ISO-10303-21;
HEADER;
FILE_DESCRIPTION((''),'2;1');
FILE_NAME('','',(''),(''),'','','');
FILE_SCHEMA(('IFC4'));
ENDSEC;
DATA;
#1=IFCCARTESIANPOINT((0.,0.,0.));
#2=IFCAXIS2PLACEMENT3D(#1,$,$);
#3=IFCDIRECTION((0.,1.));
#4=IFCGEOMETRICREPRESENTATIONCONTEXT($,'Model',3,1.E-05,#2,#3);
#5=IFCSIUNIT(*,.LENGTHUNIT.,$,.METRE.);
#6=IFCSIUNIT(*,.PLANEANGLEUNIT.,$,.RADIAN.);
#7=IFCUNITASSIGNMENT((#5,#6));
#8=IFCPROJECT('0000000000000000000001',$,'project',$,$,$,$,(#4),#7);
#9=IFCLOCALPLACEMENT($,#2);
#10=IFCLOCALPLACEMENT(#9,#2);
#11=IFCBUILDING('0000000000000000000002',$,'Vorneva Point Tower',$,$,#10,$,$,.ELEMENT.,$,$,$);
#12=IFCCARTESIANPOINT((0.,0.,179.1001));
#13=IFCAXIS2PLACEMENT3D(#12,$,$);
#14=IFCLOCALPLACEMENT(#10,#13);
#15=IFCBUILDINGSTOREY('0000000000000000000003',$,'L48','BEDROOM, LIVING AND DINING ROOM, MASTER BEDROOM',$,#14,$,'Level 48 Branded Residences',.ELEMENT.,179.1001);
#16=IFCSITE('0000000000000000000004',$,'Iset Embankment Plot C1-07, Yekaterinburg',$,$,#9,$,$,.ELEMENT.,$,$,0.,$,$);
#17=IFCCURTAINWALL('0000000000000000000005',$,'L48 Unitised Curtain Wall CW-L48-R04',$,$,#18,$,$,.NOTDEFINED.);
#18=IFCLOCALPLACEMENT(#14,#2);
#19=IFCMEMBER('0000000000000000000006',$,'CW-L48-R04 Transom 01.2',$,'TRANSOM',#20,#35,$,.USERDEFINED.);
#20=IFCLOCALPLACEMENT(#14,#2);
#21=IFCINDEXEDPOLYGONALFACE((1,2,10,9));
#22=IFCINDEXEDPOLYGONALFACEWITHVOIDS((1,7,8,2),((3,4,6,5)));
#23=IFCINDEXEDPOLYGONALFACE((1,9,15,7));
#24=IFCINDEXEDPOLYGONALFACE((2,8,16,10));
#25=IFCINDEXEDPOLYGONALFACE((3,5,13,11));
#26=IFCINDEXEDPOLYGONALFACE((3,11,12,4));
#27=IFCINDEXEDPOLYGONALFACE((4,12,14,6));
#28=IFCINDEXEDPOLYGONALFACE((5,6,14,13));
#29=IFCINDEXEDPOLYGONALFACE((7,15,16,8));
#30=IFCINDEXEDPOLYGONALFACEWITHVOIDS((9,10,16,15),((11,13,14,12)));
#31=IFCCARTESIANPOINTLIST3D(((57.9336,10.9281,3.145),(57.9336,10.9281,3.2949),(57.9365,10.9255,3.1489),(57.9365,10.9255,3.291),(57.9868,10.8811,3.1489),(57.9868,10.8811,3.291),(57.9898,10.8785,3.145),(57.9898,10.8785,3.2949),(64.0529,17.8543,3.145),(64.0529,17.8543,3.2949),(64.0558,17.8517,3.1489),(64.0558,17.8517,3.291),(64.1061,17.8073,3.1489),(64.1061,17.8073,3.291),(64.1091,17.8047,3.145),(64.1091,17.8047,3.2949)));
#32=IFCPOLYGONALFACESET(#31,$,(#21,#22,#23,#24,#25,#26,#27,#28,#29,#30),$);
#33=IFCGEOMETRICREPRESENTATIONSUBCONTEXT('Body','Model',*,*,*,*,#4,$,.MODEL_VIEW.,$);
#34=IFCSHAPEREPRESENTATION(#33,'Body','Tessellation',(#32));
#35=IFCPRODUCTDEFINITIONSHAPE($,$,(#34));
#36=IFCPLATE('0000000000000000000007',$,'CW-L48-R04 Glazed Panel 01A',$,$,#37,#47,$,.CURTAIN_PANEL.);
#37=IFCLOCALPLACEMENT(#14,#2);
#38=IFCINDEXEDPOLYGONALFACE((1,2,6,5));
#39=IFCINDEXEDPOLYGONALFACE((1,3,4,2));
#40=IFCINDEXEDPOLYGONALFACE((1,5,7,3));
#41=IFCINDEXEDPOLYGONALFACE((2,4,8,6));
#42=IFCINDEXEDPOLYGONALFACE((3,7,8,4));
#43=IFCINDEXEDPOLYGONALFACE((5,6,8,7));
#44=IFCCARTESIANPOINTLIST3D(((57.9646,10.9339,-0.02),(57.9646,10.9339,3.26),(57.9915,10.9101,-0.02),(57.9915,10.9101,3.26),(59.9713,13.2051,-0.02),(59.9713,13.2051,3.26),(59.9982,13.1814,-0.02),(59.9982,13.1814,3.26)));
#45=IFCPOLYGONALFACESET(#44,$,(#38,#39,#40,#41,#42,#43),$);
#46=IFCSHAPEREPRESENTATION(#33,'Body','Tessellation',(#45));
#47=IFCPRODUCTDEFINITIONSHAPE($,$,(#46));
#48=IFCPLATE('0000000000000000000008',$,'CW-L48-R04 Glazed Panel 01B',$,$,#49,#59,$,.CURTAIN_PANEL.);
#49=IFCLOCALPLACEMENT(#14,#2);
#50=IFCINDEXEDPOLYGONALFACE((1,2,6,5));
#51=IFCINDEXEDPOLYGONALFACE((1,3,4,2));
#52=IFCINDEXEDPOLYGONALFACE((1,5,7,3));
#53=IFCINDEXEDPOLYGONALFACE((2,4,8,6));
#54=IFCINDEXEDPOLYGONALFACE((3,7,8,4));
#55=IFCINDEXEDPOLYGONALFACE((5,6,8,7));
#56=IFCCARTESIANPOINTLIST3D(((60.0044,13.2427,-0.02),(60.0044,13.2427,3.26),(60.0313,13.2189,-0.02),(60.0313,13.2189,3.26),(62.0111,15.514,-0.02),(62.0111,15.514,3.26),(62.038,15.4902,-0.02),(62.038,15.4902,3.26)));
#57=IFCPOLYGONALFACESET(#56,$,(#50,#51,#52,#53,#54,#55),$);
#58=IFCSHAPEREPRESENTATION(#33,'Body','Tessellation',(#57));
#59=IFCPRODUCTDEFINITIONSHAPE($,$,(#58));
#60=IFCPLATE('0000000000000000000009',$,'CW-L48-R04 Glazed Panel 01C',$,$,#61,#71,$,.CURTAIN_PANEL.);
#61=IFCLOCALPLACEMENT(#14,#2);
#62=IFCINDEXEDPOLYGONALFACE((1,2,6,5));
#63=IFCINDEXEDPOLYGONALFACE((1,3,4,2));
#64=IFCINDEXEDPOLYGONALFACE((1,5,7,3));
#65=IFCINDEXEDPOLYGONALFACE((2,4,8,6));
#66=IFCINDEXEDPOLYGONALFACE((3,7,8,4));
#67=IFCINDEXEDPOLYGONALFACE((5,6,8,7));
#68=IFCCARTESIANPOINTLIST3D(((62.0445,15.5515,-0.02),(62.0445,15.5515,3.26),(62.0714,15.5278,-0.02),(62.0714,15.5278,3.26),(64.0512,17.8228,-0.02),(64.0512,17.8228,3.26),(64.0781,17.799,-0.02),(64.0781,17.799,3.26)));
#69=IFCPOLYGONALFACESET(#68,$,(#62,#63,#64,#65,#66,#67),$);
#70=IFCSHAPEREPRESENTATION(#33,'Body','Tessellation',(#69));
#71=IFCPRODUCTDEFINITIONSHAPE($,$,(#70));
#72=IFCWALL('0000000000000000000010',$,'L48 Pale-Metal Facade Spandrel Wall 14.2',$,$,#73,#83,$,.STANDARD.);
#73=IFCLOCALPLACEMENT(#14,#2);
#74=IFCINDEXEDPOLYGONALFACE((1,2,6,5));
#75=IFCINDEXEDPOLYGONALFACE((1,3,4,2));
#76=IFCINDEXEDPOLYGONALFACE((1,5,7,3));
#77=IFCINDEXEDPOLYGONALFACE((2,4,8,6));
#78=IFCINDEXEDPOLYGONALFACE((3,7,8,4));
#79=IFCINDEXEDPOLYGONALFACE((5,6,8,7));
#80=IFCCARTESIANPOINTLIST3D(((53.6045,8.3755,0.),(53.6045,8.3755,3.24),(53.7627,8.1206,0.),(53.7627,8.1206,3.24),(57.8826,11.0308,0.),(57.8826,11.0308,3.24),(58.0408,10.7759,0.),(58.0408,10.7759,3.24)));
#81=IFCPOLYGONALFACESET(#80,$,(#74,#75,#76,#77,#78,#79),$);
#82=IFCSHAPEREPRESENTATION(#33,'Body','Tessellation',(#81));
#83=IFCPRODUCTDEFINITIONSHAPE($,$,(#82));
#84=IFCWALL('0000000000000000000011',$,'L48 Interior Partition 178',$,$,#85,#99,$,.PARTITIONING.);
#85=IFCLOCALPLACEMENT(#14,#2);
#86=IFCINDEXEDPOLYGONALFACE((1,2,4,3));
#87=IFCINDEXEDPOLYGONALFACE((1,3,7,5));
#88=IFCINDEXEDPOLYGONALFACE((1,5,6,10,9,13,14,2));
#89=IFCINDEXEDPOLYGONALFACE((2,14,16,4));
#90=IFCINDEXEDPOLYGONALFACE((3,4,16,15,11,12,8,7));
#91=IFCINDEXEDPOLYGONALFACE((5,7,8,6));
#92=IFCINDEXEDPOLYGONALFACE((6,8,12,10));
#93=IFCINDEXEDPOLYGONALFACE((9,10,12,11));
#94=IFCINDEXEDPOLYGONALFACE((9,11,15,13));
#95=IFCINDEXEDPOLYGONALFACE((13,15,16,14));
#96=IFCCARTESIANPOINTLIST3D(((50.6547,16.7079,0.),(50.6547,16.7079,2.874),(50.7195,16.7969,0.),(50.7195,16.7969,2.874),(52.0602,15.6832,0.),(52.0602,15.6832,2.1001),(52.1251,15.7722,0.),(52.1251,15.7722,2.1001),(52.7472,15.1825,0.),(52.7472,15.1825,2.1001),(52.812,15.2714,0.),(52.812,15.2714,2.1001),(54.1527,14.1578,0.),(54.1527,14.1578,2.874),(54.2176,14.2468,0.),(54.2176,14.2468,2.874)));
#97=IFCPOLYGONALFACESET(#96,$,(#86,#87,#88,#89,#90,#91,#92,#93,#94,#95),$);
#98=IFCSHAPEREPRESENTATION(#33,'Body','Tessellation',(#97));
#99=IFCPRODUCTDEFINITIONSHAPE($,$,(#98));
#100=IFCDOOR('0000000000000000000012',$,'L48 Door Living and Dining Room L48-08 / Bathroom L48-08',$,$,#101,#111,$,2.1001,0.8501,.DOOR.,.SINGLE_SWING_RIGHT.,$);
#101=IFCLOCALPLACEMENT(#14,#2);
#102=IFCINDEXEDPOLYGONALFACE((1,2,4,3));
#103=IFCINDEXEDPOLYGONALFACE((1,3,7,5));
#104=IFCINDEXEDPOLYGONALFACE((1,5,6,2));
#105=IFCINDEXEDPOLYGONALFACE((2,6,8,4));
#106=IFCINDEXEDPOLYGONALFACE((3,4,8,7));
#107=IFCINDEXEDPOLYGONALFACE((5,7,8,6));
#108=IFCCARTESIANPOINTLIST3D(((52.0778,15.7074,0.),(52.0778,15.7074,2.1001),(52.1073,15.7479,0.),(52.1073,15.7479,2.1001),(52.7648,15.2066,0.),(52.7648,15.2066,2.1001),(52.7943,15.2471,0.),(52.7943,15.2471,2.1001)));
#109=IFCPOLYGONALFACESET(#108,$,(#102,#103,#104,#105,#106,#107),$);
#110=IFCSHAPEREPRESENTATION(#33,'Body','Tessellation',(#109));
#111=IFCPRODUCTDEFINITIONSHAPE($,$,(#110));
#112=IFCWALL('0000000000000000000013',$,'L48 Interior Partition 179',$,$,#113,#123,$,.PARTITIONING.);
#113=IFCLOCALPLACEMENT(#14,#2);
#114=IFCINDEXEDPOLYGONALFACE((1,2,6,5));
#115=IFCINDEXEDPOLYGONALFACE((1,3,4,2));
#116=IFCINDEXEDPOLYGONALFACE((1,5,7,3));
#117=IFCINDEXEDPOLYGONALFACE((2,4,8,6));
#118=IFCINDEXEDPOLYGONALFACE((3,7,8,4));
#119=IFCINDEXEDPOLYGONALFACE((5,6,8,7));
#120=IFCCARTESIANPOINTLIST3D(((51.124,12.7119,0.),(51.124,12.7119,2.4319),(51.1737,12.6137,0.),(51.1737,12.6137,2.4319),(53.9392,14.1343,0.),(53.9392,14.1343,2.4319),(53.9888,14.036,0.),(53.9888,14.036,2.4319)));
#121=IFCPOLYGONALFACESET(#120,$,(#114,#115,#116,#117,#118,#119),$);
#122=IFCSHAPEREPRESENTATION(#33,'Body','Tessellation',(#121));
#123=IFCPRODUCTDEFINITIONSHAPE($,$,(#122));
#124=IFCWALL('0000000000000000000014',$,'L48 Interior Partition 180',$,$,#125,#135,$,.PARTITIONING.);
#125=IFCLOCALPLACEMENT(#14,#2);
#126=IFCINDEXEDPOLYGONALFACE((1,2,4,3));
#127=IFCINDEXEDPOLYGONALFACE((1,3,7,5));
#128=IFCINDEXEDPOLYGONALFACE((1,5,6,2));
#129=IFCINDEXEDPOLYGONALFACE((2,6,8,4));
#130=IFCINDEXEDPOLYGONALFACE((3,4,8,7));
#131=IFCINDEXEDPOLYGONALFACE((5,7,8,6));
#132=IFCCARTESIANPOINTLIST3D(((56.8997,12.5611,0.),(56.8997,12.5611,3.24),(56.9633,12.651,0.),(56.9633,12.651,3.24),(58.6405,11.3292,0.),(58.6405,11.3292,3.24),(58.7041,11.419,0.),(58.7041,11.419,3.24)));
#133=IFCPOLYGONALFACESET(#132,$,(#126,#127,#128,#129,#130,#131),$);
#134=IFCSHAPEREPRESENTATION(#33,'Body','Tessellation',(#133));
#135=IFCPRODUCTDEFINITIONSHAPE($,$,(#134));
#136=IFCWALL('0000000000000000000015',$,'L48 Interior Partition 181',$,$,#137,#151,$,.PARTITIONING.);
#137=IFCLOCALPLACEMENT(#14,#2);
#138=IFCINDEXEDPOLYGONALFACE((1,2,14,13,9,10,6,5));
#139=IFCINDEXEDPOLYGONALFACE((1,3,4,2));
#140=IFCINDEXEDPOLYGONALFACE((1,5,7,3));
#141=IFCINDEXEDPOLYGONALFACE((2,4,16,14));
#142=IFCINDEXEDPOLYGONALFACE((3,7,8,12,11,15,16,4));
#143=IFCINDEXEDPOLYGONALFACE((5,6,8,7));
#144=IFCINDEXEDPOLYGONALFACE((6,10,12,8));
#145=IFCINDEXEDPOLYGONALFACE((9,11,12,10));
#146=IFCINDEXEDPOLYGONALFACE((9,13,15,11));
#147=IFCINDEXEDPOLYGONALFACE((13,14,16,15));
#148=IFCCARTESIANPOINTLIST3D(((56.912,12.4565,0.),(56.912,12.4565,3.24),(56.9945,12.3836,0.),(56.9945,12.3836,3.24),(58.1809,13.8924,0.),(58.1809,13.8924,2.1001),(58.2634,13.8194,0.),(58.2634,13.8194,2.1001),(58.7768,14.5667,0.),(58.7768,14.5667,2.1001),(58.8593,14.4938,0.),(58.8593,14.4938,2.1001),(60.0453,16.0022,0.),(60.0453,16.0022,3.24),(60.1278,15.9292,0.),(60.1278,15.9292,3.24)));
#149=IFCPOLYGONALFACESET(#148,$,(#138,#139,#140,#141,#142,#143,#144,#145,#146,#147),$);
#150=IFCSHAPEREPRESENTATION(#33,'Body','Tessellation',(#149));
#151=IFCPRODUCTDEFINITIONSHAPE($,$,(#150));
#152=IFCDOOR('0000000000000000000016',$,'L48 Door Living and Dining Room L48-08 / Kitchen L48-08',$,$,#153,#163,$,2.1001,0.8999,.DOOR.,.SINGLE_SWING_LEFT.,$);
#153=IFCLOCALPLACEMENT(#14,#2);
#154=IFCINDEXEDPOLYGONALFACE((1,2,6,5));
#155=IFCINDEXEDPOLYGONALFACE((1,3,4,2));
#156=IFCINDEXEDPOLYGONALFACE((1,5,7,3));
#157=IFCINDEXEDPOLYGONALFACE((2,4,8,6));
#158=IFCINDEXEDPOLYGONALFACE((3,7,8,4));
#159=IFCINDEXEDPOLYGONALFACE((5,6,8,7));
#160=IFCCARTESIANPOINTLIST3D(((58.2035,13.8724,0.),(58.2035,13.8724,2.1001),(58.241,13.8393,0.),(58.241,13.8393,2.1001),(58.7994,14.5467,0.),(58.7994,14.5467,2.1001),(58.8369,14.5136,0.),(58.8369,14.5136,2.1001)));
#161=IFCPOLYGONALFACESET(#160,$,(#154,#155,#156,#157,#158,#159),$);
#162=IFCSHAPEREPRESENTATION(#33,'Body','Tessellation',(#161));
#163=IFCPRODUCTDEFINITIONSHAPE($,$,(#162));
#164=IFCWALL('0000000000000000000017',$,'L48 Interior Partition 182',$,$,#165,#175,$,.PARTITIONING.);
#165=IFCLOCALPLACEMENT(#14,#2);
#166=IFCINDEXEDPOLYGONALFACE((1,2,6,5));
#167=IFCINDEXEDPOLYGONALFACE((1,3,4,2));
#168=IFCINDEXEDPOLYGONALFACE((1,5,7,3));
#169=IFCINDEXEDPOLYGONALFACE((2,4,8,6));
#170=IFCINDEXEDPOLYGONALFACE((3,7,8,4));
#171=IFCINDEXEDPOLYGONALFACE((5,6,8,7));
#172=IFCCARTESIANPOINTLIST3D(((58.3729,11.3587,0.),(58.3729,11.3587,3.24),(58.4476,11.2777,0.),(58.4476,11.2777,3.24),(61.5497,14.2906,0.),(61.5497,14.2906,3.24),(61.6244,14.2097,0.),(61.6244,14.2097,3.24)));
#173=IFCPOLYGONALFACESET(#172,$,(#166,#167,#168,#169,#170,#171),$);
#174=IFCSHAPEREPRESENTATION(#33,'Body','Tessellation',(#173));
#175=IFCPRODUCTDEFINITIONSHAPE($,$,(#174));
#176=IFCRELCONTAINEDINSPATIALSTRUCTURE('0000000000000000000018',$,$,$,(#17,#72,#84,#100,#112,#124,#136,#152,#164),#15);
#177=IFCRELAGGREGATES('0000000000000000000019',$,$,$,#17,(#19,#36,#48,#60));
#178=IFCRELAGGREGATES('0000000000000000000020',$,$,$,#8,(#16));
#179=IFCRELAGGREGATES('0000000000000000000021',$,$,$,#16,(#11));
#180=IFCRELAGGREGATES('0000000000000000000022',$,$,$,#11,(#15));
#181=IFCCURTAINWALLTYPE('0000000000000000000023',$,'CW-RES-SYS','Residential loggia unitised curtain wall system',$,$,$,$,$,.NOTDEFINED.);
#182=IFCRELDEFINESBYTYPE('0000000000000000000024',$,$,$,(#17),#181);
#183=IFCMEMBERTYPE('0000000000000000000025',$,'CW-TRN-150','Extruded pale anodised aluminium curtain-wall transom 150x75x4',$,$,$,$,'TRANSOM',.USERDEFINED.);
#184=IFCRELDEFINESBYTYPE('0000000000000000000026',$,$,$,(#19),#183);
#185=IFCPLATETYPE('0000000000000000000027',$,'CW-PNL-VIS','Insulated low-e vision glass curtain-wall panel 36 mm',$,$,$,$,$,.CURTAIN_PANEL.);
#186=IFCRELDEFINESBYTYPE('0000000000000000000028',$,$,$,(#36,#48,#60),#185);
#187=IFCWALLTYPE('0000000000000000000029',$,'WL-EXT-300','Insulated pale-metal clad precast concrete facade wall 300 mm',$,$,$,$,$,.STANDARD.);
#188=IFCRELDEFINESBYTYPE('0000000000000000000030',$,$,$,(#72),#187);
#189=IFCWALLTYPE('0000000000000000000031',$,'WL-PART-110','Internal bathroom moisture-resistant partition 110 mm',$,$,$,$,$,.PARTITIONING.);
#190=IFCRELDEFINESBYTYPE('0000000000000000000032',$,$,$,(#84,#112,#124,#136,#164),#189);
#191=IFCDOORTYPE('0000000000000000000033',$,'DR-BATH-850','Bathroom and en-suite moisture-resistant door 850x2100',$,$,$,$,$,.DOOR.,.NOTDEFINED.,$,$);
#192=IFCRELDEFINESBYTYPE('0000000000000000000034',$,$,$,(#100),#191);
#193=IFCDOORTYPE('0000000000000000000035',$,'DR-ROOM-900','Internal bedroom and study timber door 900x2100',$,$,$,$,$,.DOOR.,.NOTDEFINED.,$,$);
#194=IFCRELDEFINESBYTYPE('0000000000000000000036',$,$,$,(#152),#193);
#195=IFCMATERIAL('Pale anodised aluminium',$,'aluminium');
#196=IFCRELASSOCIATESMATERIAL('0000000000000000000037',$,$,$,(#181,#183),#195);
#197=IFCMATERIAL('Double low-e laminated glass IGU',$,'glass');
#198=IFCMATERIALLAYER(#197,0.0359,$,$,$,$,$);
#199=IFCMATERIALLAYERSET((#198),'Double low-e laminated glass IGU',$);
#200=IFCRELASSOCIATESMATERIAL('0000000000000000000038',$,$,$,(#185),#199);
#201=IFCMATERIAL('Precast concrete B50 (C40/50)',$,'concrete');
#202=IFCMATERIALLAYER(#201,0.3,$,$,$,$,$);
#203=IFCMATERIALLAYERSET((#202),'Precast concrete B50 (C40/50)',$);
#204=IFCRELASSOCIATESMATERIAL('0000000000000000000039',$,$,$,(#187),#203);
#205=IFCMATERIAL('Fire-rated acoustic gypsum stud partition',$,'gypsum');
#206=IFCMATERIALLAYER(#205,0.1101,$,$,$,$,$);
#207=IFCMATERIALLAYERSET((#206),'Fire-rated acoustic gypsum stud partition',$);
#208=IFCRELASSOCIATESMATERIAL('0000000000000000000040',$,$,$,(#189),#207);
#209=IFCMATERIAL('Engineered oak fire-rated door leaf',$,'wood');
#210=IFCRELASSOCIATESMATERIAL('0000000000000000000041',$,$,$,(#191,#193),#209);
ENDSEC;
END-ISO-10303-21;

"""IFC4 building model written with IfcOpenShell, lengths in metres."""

from ifc_helpers import new_model, si_unit, direction, frame, frame_2d, origin, origin_2d, place, context, subcontext, project, spatial, rectangle, hollow_rectangle, extrude, material, layer, layer_set, material_profile, profile_set, type_object, element, fill, aggregate, save


model = new_model("IFC4")

# Units and contexts
model_context = context("Model", 3, precision=1e-05, world=origin(), true_north=direction((0.0, 1.0)))
body_context = subcontext(model_context, "Body", "Model", "MODEL_VIEW")
ifc_project = project(units=[si_unit("LENGTHUNIT", "METRE"), si_unit("PLANEANGLEUNIT", "RADIAN")], contexts=[model_context])

# Site, building, storey
site_placement = place(None, origin())
site = spatial("IfcSite", under=ifc_project, at=site_placement, Name="Iset Embankment Plot C1-07, Yekaterinburg", CompositionType="ELEMENT", RefElevation=0.0)
building_placement = place(site_placement, origin())
building = spatial("IfcBuilding", under=site, at=building_placement, Name="Vorneva Point Tower", CompositionType="ELEMENT")
storey_placement = place(building_placement, frame((0.0, 0.0, 179.1001)))
storey = spatial("IfcBuildingStorey", under=building, at=storey_placement, Name="L48", Description="BEDROOM, LIVING AND DINING ROOM, MASTER BEDROOM", LongName="Level 48 Branded Residences", CompositionType="ELEMENT", Elevation=179.1001)

# Shared definitions
ifc_material_1 = material(Name="Pale anodised aluminium", Category="aluminium")
curtain_wall_type = type_object("IfcCurtainWallType", Name="CW-RES-SYS", Description="Residential loggia unitised curtain wall system", PredefinedType="NOTDEFINED", material=ifc_material_1)

# Curtain wall, member, plates
curtain_wall_1_placement = place(storey_placement, origin())
curtain_wall_1 = element("IfcCurtainWall", 1, at=curtain_wall_1_placement, inside=storey, type_object=curtain_wall_type, Name="L48 Unitised Curtain Wall CW-L48-R04", PredefinedType="NOTDEFINED")
ifc_material_profile_1 = material_profile(ifc_material_1, hollow_rectangle(XDim=0.075, YDim=0.1499, WallThickness=0.0039, at=origin_2d()), Name="AL-TRN 150x75x4")
ifc_profile_set_1 = profile_set([ifc_material_profile_1], Name="Pale anodised aluminium")
member_type_1 = type_object("IfcMemberType", Name="CW-TRN-150", Description="Extruded pale anodised aluminium curtain-wall transom 150x75x4", ElementType="TRANSOM", PredefinedType="USERDEFINED", material=ifc_profile_set_1)
member_1_placement = place(storey_placement, frame((57.9617, 10.9033, 3.22), z_axis=(0.662106, 0.74941, 0.0), x_axis=(-0.74941, 0.662106, 0.0)))
member_1 = element("IfcMember", 2, at=member_1_placement, type_object=member_type_1, Name="CW-L48-R04 Transom 01.2", ObjectType="TRANSOM", PredefinedType="USERDEFINED", context=body_context, shape_type="SweptSolid", body=[
    extrude(hollow_rectangle(XDim=0.075, YDim=0.1499, WallThickness=0.0039, at=origin_2d()), origin(), (0.0, 0.0, 1.0), 9.2422),
])
ifc_material_2 = material(Name="Double low-e laminated glass IGU", Category="glass")
ifc_layer_1 = layer(ifc_material_2, 0.0359)
ifc_layer_set_1 = layer_set([ifc_layer_1], Name="Double low-e laminated glass IGU")
plate_type = type_object("IfcPlateType", Name="CW-PNL-VIS", Description="Insulated low-e vision glass curtain-wall panel 36 mm", PredefinedType="CURTAIN_PANEL", material=ifc_layer_set_1)
plate_1_placement = place(storey_placement, frame((58.9814, 12.0576, -0.02), z_axis=(0.0, 0.0, 1.0), x_axis=(0.66211, 0.749407, 0.0)))
plate_1 = element("IfcPlate", 3, at=plate_1_placement, type_object=plate_type, Name="CW-L48-R04 Glazed Panel 01A", PredefinedType="CURTAIN_PANEL", context=body_context, shape_type="SweptSolid", body=[
    extrude(rectangle(XDim=3.0308, YDim=0.0359, at=origin_2d()), origin(), (0.0, 0.0, 1.0), 3.28),
])
plate_2_placement = place(storey_placement, frame((61.0212, 14.3665, -0.02), z_axis=(0.0, 0.0, 1.0), x_axis=(0.66211, 0.749407, 0.0)))
plate_2 = element("IfcPlate", 4, at=plate_2_placement, type_object=plate_type, Name="CW-L48-R04 Glazed Panel 01B", PredefinedType="CURTAIN_PANEL", context=body_context, shape_type="SweptSolid", body=[
    extrude(rectangle(XDim=3.0308, YDim=0.0359, at=origin_2d()), origin(), (0.0, 0.0, 1.0), 3.28),
])
plate_3_placement = place(storey_placement, frame((63.0613, 16.6753, -0.02), z_axis=(0.0, 0.0, 1.0), x_axis=(0.66211, 0.749407, 0.0)))
plate_3 = element("IfcPlate", 5, at=plate_3_placement, type_object=plate_type, Name="CW-L48-R04 Glazed Panel 01C", PredefinedType="CURTAIN_PANEL", context=body_context, shape_type="SweptSolid", body=[
    extrude(rectangle(XDim=3.0308, YDim=0.0359, at=origin_2d()), origin(), (0.0, 0.0, 1.0), 3.28),
])
aggregate(curtain_wall_1, [member_1, plate_1, plate_2, plate_3])

# Wall
ifc_material_3 = material(Name="Precast concrete B50 (C40/50)", Category="concrete")
ifc_layer_2 = layer(ifc_material_3, 0.3)
ifc_layer_set_2 = layer_set([ifc_layer_2], Name="Precast concrete B50 (C40/50)")
wall_type_1 = type_object("IfcWallType", Name="WL-EXT-300", Description="Insulated pale-metal clad precast concrete facade wall 300 mm", PredefinedType="STANDARD", material=ifc_layer_set_2)
wall_1_placement = place(storey_placement, frame((53.6836, 8.248, 0.0), z_axis=(0.0, 0.0, 1.0), x_axis=(0.849648, 0.527351, 0.0)))
element("IfcWall", 6, at=wall_1_placement, inside=storey, type_object=wall_type_1, Name="L48 Pale-Metal Facade Spandrel Wall 14.2", PredefinedType="STANDARD", context=body_context, shape_type="SweptSolid", body=[
    extrude(rectangle(XDim=5.0352, YDim=0.3, at=frame_2d((2.5176, 0.0))), origin(), (0.0, 0.0, 1.0), 3.24),
])

# Wall, opening, door
ifc_material_4 = material(Name="Fire-rated acoustic gypsum stud partition", Category="gypsum")
ifc_layer_3 = layer(ifc_material_4, 0.1101)
ifc_layer_set_3 = layer_set([ifc_layer_3], Name="Fire-rated acoustic gypsum stud partition")
wall_type_2 = type_object("IfcWallType", Name="WL-PART-110", Description="Internal bathroom moisture-resistant partition 110 mm", PredefinedType="PARTITIONING", material=ifc_layer_set_3)
wall_2_placement = place(storey_placement, frame((50.687, 16.7524, 0.0), z_axis=(0.0, 0.0, 1.0), x_axis=(0.808075, -0.58908, 0.0)))
wall_2 = element("IfcWall", 7, at=wall_2_placement, inside=storey, type_object=wall_type_2, Name="L48 Interior Partition 178", PredefinedType="PARTITIONING", context=body_context, shape_type="SweptSolid", body=[
    extrude(rectangle(XDim=4.3289, YDim=0.1101, at=frame_2d((2.1646, 0.0))), origin(), (0.0, 0.0, 1.0), 2.874),
])
opening_1_placement = place(wall_2_placement, frame((1.7395, 0.0, 0.0)))
opening_1 = element("IfcOpeningElement", 8, at=opening_1_placement, cuts=wall_2, PredefinedType="OPENING", context=body_context, shape_type="SweptSolid", body=[
    extrude(rectangle(XDim=0.8501, YDim=2.1001, at=frame_2d((0.425, 1.05))), frame((0.0, 0.0698, 0.0), z_axis=(0.0, -1.0, 0.0), x_axis=(1.0, 0.0, 0.0)), (0.0, 0.0, 1.0), 0.1399),
])
ifc_material_5 = material(Name="Engineered oak fire-rated door leaf", Category="wood")
door_type_1 = type_object("IfcDoorType", Name="DR-BATH-850", Description="Bathroom and en-suite moisture-resistant door 850x2100", OperationType="NOTDEFINED", PredefinedType="DOOR", material=ifc_material_5)
door_1_placement = place(opening_1_placement, origin())
door_1 = element("IfcDoor", 9, at=door_1_placement, inside=storey, type_object=door_type_1, Name="L48 Door Living and Dining Room L48-08 / Bathroom L48-08", OperationType="SINGLE_SWING_RIGHT", OverallHeight=2.1001, OverallWidth=0.8501, PredefinedType="DOOR", context=body_context, shape_type="SweptSolid", body=[
    extrude(rectangle(XDim=0.8501, YDim=2.1001, at=frame_2d((0.425, 1.05))), frame((0.0, 0.0249, 0.0), z_axis=(0.0, -1.0, 0.0), x_axis=(1.0, 0.0, 0.0)), (0.0, 0.0, 1.0), 0.05),
])
fill(opening_1, door_1)

# Walls
wall_3_placement = place(storey_placement, frame((53.9641, 14.0852, 0.0), z_axis=(0.0, 0.0, 1.0), x_axis=(-0.892546, -0.450956, 0.0)))
element("IfcWall", 10, at=wall_3_placement, inside=storey, type_object=wall_type_2, Name="L48 Interior Partition 179", PredefinedType="PARTITIONING", context=body_context, shape_type="SweptSolid", body=[
    extrude(rectangle(XDim=3.1541, YDim=0.1101, at=frame_2d((1.5771, 0.0))), origin(), (0.0, 0.0, 1.0), 2.4319),
])
wall_4_placement = place(storey_placement, frame((58.6724, 11.374, 0.0), z_axis=(0.0, 0.0, 1.0), x_axis=(-0.816263, 0.577681, 0.0)))
element("IfcWall", 11, at=wall_4_placement, inside=storey, type_object=wall_type_2, Name="L48 Interior Partition 180", PredefinedType="PARTITIONING", context=body_context, shape_type="SweptSolid", body=[
    extrude(rectangle(XDim=2.1326, YDim=0.1101, at=frame_2d((1.0664, 0.0))), origin(), (0.0, 0.0, 1.0), 3.24),
])

# Wall, opening, door
wall_5_placement = place(storey_placement, frame((56.9534, 12.4202, 0.0), z_axis=(0.0, 0.0, 1.0), x_axis=(0.66219, 0.749336, 0.0)))
wall_5 = element("IfcWall", 12, at=wall_5_placement, inside=storey, type_object=wall_type_2, Name="L48 Interior Partition 181", PredefinedType="PARTITIONING", context=body_context, shape_type="SweptSolid", body=[
    extrude(rectangle(XDim=4.7317, YDim=0.1101, at=frame_2d((2.3657, 0.0))), origin(), (0.0, 0.0, 1.0), 3.24),
])
opening_2_placement = place(wall_5_placement, frame((1.916, 0.0, 0.0)))
opening_2 = element("IfcOpeningElement", 13, at=opening_2_placement, cuts=wall_5, PredefinedType="OPENING", context=body_context, shape_type="SweptSolid", body=[
    extrude(rectangle(XDim=0.8999, YDim=2.1001, at=frame_2d((0.45, 1.05))), frame((0.0, 0.0698, 0.0), z_axis=(0.0, -1.0, 0.0), x_axis=(1.0, 0.0, 0.0)), (0.0, 0.0, 1.0), 0.1399),
])
door_type_2 = type_object("IfcDoorType", Name="DR-ROOM-900", Description="Internal bedroom and study timber door 900x2100", OperationType="NOTDEFINED", PredefinedType="DOOR", material=ifc_material_5)
door_2_placement = place(opening_2_placement, origin())
door_2 = element("IfcDoor", 14, at=door_2_placement, inside=storey, type_object=door_type_2, Name="L48 Door Living and Dining Room L48-08 / Kitchen L48-08", OperationType="SINGLE_SWING_LEFT", OverallHeight=2.1001, OverallWidth=0.8999, PredefinedType="DOOR", context=body_context, shape_type="SweptSolid", body=[
    extrude(rectangle(XDim=0.8999, YDim=2.1001, at=frame_2d((0.45, 1.05))), frame((0.0, 0.0249, 0.0), z_axis=(0.0, -1.0, 0.0), x_axis=(1.0, 0.0, 0.0)), (0.0, 0.0, 1.0), 0.05),
])
fill(opening_2, door_2)

# Wall
wall_6_placement = place(storey_placement, frame((58.4102, 11.3181, 0.0), z_axis=(0.0, 0.0, 1.0), x_axis=(0.734862, 0.678217, 0.0)))
element("IfcWall", 15, at=wall_6_placement, inside=storey, type_object=wall_type_2, Name="L48 Interior Partition 182", PredefinedType="PARTITIONING", context=body_context, shape_type="SweptSolid", body=[
    extrude(rectangle(XDim=4.323, YDim=0.1101, at=frame_2d((2.1616, 0.0))), origin(), (0.0, 0.0, 1.0), 3.24),
])

save(model, "model.ifc")
